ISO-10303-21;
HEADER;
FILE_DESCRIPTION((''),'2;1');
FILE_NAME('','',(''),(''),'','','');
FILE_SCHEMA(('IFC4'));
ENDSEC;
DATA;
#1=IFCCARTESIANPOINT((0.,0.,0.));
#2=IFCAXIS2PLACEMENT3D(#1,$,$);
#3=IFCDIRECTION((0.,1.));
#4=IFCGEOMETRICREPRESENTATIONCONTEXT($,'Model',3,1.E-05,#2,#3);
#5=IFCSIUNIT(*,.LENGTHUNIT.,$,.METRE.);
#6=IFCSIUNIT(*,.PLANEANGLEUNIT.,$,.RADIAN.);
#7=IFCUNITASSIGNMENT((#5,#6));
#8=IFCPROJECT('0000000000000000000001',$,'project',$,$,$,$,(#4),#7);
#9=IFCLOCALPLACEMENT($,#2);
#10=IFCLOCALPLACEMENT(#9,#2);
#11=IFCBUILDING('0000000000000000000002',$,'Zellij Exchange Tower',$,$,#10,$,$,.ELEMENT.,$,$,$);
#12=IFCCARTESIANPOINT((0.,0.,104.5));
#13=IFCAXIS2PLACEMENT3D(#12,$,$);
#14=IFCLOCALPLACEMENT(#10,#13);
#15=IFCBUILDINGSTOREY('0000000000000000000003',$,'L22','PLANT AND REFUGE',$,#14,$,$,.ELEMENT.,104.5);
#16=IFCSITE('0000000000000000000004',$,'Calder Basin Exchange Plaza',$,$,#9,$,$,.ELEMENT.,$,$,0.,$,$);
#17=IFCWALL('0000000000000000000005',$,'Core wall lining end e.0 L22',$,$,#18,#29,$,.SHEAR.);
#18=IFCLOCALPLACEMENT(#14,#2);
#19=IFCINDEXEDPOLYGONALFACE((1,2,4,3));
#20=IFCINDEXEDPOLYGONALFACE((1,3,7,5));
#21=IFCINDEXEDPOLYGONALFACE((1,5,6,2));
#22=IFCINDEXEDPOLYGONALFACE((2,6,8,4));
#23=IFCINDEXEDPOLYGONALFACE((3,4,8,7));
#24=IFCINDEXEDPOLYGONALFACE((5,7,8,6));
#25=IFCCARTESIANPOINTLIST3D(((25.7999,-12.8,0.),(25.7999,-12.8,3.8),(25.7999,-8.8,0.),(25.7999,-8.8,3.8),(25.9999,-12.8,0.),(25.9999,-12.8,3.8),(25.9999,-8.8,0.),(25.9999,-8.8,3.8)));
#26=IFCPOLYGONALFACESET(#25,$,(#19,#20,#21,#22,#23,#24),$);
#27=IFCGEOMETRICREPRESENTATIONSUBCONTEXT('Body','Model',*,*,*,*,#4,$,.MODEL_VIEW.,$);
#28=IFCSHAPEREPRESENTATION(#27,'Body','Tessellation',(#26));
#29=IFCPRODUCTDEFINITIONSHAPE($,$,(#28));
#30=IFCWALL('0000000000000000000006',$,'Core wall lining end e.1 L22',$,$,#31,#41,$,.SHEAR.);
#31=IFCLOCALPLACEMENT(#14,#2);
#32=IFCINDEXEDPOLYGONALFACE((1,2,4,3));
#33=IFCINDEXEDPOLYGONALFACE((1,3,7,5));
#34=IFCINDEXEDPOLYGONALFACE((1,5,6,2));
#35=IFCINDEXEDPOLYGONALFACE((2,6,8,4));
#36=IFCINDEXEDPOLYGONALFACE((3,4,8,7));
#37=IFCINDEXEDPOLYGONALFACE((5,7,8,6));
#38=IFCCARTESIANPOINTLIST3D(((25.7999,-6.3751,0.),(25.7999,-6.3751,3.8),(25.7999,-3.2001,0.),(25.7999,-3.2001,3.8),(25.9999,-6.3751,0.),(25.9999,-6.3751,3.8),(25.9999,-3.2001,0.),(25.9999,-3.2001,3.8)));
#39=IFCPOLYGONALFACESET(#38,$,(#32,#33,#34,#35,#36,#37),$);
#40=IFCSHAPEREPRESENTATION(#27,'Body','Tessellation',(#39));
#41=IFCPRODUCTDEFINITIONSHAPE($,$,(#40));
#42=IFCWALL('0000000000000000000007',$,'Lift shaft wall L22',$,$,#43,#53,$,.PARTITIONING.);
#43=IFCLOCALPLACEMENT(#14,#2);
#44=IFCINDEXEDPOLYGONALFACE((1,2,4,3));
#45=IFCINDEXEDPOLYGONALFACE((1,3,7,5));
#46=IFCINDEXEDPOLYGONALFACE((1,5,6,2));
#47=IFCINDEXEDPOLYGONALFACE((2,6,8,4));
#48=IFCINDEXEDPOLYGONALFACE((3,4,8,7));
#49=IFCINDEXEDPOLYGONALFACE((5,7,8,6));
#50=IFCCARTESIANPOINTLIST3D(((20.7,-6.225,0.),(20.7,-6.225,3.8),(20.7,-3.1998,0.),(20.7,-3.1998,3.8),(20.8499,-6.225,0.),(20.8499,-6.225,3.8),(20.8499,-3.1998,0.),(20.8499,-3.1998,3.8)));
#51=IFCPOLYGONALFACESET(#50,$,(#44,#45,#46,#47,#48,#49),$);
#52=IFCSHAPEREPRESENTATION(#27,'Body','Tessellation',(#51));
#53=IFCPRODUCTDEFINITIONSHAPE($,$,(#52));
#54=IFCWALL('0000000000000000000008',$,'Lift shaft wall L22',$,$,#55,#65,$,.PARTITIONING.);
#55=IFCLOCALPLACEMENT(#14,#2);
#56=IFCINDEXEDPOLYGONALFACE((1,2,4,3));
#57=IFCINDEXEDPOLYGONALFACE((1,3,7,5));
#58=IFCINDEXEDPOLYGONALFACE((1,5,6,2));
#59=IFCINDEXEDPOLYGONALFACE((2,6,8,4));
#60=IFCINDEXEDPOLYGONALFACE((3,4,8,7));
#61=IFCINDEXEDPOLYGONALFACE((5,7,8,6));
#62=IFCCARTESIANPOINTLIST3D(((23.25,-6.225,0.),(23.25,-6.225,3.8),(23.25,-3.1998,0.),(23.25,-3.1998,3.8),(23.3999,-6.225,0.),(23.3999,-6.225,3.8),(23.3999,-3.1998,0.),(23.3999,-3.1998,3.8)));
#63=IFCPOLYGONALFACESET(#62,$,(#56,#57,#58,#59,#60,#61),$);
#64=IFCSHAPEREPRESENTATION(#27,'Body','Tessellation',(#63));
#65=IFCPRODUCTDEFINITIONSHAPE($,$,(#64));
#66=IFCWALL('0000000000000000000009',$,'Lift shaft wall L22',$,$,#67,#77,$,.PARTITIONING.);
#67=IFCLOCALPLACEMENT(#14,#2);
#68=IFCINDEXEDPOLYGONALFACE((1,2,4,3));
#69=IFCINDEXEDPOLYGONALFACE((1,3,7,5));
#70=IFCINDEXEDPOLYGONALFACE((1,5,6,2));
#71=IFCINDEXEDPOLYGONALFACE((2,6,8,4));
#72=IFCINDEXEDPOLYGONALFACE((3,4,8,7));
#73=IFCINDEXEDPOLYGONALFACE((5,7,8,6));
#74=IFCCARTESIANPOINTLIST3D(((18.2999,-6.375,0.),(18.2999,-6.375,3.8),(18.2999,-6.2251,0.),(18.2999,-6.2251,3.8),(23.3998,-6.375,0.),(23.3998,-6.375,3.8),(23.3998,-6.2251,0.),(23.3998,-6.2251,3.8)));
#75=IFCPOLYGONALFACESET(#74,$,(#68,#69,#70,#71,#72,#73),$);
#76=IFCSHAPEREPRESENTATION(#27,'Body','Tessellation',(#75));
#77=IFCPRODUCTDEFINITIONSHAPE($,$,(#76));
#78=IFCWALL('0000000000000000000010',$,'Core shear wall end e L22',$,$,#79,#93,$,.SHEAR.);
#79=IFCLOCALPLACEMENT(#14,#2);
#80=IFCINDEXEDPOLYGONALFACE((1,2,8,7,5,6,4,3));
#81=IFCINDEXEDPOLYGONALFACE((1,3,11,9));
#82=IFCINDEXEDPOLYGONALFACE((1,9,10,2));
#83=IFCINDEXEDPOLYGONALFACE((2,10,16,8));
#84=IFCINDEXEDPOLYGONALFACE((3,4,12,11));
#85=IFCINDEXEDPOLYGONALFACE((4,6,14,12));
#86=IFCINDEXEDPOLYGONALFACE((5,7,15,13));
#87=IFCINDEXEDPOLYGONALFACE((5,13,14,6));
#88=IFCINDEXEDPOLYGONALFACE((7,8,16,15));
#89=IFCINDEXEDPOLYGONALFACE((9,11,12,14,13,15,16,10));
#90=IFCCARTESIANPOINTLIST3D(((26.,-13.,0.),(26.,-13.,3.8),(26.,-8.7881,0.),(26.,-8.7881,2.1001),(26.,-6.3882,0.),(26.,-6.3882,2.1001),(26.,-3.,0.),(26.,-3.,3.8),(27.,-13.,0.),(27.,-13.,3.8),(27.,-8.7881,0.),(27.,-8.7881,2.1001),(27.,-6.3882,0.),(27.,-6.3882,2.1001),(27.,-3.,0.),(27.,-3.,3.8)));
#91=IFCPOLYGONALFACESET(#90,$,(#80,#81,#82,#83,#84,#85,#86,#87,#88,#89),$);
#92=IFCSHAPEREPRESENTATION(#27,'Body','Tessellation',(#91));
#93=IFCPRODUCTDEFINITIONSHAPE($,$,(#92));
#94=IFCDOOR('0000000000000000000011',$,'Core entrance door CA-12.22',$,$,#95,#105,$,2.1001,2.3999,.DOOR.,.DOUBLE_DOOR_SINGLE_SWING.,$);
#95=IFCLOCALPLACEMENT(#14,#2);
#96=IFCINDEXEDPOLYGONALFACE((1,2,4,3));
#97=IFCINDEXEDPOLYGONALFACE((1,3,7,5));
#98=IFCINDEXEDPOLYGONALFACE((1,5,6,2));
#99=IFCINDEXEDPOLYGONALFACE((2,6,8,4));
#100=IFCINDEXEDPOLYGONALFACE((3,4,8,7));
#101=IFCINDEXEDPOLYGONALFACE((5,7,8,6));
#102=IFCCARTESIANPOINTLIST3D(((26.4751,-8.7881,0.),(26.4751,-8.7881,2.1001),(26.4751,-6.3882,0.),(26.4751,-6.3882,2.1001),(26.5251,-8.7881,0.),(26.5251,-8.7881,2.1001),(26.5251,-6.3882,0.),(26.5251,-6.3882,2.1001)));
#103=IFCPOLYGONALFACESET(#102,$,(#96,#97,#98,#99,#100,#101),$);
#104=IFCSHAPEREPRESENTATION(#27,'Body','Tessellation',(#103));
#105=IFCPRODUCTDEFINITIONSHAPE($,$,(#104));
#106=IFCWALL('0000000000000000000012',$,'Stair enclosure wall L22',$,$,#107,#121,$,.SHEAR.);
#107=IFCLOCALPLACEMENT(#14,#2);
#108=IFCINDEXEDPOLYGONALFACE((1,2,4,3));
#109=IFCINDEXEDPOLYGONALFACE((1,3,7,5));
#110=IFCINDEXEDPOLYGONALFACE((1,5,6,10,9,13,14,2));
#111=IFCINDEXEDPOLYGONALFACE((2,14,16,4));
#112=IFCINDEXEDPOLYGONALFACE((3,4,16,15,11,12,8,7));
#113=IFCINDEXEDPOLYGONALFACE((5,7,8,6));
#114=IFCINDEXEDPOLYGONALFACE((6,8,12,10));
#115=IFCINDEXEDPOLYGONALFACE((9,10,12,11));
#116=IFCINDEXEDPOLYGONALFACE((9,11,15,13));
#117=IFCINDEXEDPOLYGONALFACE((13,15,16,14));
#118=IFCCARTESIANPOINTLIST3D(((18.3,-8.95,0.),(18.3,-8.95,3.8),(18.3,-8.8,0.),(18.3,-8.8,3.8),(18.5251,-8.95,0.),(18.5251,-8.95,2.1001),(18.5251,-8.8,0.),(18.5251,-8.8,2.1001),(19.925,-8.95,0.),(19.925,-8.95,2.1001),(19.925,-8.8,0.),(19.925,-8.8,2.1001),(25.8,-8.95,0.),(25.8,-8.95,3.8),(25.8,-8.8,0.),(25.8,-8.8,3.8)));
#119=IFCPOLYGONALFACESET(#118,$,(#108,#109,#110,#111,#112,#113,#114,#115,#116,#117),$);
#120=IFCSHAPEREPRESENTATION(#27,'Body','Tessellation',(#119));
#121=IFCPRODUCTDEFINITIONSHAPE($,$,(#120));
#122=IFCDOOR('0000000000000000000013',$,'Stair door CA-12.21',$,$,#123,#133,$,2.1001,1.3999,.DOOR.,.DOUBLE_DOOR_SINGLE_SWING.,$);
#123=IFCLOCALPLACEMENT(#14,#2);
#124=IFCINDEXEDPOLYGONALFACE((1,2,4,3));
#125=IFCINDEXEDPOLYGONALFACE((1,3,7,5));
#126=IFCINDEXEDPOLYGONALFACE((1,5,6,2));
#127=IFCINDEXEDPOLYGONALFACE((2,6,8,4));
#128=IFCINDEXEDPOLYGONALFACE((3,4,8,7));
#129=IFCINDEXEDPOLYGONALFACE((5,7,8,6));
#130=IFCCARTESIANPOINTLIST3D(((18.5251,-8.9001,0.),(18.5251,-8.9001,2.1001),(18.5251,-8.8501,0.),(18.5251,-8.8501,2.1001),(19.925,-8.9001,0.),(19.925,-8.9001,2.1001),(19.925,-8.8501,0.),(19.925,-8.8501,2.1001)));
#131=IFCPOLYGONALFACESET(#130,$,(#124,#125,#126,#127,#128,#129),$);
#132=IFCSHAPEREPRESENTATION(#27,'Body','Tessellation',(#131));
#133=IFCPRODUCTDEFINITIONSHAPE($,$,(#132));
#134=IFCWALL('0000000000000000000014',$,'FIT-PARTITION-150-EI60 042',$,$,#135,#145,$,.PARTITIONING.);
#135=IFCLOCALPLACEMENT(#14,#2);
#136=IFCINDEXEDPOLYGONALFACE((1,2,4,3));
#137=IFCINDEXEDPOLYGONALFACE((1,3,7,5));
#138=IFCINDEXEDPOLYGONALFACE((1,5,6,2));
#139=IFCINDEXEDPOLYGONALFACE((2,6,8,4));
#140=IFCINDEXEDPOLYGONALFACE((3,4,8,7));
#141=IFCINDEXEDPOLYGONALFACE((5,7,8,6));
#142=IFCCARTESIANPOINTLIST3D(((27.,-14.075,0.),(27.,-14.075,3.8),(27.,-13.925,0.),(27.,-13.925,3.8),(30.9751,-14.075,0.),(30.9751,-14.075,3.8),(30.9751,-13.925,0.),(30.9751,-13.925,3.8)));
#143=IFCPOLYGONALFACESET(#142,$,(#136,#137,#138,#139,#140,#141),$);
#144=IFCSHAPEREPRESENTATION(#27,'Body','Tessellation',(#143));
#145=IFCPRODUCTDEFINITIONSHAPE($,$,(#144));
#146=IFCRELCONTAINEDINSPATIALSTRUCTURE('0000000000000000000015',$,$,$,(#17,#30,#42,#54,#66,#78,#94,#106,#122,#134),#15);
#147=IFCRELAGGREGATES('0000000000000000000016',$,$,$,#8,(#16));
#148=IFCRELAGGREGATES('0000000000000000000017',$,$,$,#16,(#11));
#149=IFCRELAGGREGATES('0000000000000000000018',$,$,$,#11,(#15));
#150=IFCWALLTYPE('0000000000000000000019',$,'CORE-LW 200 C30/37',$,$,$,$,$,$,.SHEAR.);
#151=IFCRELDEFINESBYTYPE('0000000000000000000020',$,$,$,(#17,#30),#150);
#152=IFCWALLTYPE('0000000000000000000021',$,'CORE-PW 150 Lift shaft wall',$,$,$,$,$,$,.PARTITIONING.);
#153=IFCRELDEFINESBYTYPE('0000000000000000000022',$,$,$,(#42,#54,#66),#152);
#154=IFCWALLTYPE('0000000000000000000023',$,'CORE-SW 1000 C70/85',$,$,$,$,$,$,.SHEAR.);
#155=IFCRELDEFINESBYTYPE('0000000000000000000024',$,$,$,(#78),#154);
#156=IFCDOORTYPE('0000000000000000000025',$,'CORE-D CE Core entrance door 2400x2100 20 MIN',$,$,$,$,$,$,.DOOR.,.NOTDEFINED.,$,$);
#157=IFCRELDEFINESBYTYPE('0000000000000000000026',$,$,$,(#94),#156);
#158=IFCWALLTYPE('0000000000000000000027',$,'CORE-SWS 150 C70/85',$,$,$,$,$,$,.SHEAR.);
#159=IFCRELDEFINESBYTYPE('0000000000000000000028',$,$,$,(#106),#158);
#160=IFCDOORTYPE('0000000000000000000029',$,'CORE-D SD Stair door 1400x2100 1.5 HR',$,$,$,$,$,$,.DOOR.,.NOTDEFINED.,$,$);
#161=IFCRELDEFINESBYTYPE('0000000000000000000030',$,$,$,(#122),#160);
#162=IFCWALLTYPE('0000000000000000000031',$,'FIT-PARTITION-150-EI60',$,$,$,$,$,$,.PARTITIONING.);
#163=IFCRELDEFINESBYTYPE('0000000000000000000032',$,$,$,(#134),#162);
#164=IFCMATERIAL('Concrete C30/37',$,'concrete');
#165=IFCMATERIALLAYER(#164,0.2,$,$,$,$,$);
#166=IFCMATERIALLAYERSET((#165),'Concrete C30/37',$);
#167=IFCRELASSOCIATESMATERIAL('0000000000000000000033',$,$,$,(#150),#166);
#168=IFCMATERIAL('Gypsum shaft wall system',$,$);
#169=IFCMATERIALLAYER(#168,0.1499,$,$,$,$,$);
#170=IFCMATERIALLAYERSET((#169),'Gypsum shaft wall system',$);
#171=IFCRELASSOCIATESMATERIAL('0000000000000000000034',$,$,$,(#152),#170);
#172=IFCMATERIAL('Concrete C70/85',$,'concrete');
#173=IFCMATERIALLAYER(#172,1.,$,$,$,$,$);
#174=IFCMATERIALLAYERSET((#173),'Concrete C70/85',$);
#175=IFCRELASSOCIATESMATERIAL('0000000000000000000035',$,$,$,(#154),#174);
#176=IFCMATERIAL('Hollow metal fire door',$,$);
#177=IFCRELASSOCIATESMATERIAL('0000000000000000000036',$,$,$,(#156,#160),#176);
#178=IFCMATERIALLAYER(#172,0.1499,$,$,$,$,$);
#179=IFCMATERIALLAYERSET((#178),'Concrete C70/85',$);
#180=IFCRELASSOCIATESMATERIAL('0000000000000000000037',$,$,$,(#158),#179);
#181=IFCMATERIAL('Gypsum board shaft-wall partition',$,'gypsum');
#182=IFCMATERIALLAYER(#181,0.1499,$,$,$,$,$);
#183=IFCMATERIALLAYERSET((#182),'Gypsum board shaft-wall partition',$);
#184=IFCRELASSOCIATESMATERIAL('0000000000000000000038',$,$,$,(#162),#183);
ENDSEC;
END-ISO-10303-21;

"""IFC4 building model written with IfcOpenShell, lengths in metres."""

from ifc_helpers import new_model, si_unit, direction, frame, frame_2d, origin, place, context, subcontext, project, spatial, rectangle, extrude, material, layer, layer_set, type_object, element, fill, save


model = new_model("IFC4")

# Units and contexts
model_context = context("Model", 3, precision=1e-05, world=origin(), true_north=direction((0.0, 1.0)))
body_context = subcontext(model_context, "Body", "Model", "MODEL_VIEW")
ifc_project = project(units=[si_unit("LENGTHUNIT", "METRE"), si_unit("PLANEANGLEUNIT", "RADIAN")], contexts=[model_context])

# Site, building, storey
site_placement = place(None, origin())
site = spatial("IfcSite", under=ifc_project, at=site_placement, Name="Calder Basin Exchange Plaza", CompositionType="ELEMENT", RefElevation=0.0)
building_placement = place(site_placement, origin())
building = spatial("IfcBuilding", under=site, at=building_placement, Name="Zellij Exchange Tower", CompositionType="ELEMENT")
storey_placement = place(building_placement, frame((0.0, 0.0, 104.5)))
storey = spatial("IfcBuildingStorey", under=building, at=storey_placement, Name="L22", Description="PLANT AND REFUGE", CompositionType="ELEMENT", Elevation=104.5)

# Walls
ifc_material_1 = material(Name="Concrete C70/85", Category="concrete")
ifc_material_2 = material(Name="Concrete C30/37", Category="concrete")
ifc_layer_1 = layer(ifc_material_2, 0.2)
ifc_layer_set_1 = layer_set([ifc_layer_1], Name="Concrete C30/37")
wall_type_1 = type_object("IfcWallType", Name="CORE-LW 200 C30/37", PredefinedType="SHEAR", material=ifc_layer_set_1)
wall_1_placement = place(storey_placement, frame((25.8999, -12.8, 0.0), z_axis=(0.0, 0.0, 1.0), x_axis=(0.0, 1.0, 0.0)))
element("IfcWall", 1, at=wall_1_placement, inside=storey, type_object=wall_type_1, Name="Core wall lining end e.0 L22", PredefinedType="SHEAR", context=body_context, shape_type="SweptSolid", body=[
    extrude(rectangle(XDim=4.0, YDim=0.2, at=frame_2d((2.0, 0.0))), origin(), (0.0, 0.0, 1.0), 3.8),
])
wall_2_placement = place(storey_placement, frame((25.8999, -6.375, 0.0), z_axis=(0.0, 0.0, 1.0), x_axis=(0.0, 1.0, 0.0)))
element("IfcWall", 2, at=wall_2_placement, inside=storey, type_object=wall_type_1, Name="Core wall lining end e.1 L22", PredefinedType="SHEAR", context=body_context, shape_type="SweptSolid", body=[
    extrude(rectangle(XDim=3.175, YDim=0.2, at=frame_2d((1.5874, 0.0))), origin(), (0.0, 0.0, 1.0), 3.8),
])
ifc_material_3 = material(Name="Gypsum shaft wall system")
ifc_layer_2 = layer(ifc_material_3, 0.1499)
ifc_layer_set_2 = layer_set([ifc_layer_2], Name="Gypsum shaft wall system")
wall_type_2 = type_object("IfcWallType", Name="CORE-PW 150 Lift shaft wall", PredefinedType="PARTITIONING", material=ifc_layer_set_2)
for number, where, z_axis, x_axis, name in (
    (3, (20.7749, -6.2251, 0.0), (0.0, 0.0, 1.0), (0.0, 1.0, 0.0), "Lift shaft wall L22"),
    (4, (23.325, -6.2251, 0.0), (0.0, 0.0, 1.0), (0.0, 1.0, 0.0), "Lift shaft wall L22"),
):
    element("IfcWall", number, at=place(storey_placement, frame(where, z_axis=z_axis, x_axis=x_axis)), inside=storey, type_object=wall_type_2, Name=name, PredefinedType="PARTITIONING", context=body_context, shape_type="SweptSolid", body=[
        extrude(rectangle(XDim=3.0251, YDim=0.1499, at=frame_2d((1.5127, 0.0))), origin(), (0.0, 0.0, 1.0), 3.8),
    ])
wall_3_placement = place(storey_placement, frame((18.3, -6.3, 0.0), z_axis=(0.0, 0.0, 1.0), x_axis=(1.0, 0.0, 0.0)))
element("IfcWall", 5, at=wall_3_placement, inside=storey, type_object=wall_type_2, Name="Lift shaft wall L22", PredefinedType="PARTITIONING", context=body_context, shape_type="SweptSolid", body=[
    extrude(rectangle(XDim=5.0999, YDim=0.1499, at=frame_2d((2.5498, 0.0))), origin(), (0.0, 0.0, 1.0), 3.8),
])

# Walls, openings, doors
ifc_layer_3 = layer(ifc_material_1, 1.0)
ifc_layer_set_3 = layer_set([ifc_layer_3], Name="Concrete C70/85")
wall_type_3 = type_object("IfcWallType", Name="CORE-SW 1000 C70/85", PredefinedType="SHEAR", material=ifc_layer_set_3)
wall_4_placement = place(storey_placement, frame((26.5, -13.0, 0.0), z_axis=(0.0, 0.0, 1.0), x_axis=(0.0, 1.0, 0.0)))
wall_4 = element("IfcWall", 6, at=wall_4_placement, inside=storey, type_object=wall_type_3, Name="Core shear wall end e L22", PredefinedType="SHEAR", context=body_context, shape_type="SweptSolid", body=[
    extrude(rectangle(XDim=10.0, YDim=1.0, at=frame_2d((5.0, 0.0))), origin(), (0.0, 0.0, 1.0), 3.8),
])
opening_1_placement = place(wall_4_placement, frame((4.2119, 0.0, 0.0)))
opening_1 = element("IfcOpeningElement", 7, at=opening_1_placement, cuts=wall_4, PredefinedType="OPENING", context=body_context, shape_type="SweptSolid", body=[
    extrude(rectangle(XDim=2.3999, YDim=2.1001, at=frame_2d((1.2, 1.05))), frame((0.0, 0.512, 0.0), z_axis=(0.0, -1.0, 0.0), x_axis=(1.0, 0.0, 0.0)), (0.0, 0.0, 1.0), 1.0239),
])
ifc_material_4 = material(Name="Hollow metal fire door")
door_type_1 = type_object("IfcDoorType", Name="CORE-D CE Core entrance door 2400x2100 20 MIN", OperationType="NOTDEFINED", PredefinedType="DOOR", material=ifc_material_4)
door_1_placement = place(opening_1_placement, origin())
door_1 = element("IfcDoor", 8, at=door_1_placement, inside=storey, type_object=door_type_1, Name="Core entrance door CA-12.22", OperationType="DOUBLE_DOOR_SINGLE_SWING", OverallHeight=2.1001, OverallWidth=2.3999, PredefinedType="DOOR", context=body_context, shape_type="SweptSolid", body=[
    extrude(rectangle(XDim=2.3999, YDim=2.1001, at=frame_2d((1.2, 1.05))), frame((0.0, 0.0249, 0.0), z_axis=(0.0, -1.0, 0.0), x_axis=(1.0, 0.0, 0.0)), (0.0, 0.0, 1.0), 0.05),
])
fill(opening_1, door_1)
ifc_layer_4 = layer(ifc_material_1, 0.1499)
ifc_layer_set_4 = layer_set([ifc_layer_4], Name="Concrete C70/85")
wall_type_4 = type_object("IfcWallType", Name="CORE-SWS 150 C70/85", PredefinedType="SHEAR", material=ifc_layer_set_4)
wall_5_placement = place(storey_placement, frame((18.3, -8.875, 0.0), z_axis=(0.0, 0.0, 1.0), x_axis=(1.0, 0.0, 0.0)))
wall_5 = element("IfcWall", 9, at=wall_5_placement, inside=storey, type_object=wall_type_4, Name="Stair enclosure wall L22", PredefinedType="SHEAR", context=body_context, shape_type="SweptSolid", body=[
    extrude(rectangle(XDim=7.5, YDim=0.1499, at=frame_2d((3.75, 0.0))), origin(), (0.0, 0.0, 1.0), 3.8),
])
opening_2_placement = place(wall_5_placement, frame((0.2251, 0.0, 0.0)))
opening_2 = element("IfcOpeningElement", 10, at=opening_2_placement, cuts=wall_5, PredefinedType="OPENING", context=body_context, shape_type="SweptSolid", body=[
    extrude(rectangle(XDim=1.3999, YDim=2.1001, at=frame_2d((0.7, 1.05))), frame((0.0, 0.0869, 0.0), z_axis=(0.0, -1.0, 0.0), x_axis=(1.0, 0.0, 0.0)), (0.0, 0.0, 1.0), 0.1738),
])
door_type_2 = type_object("IfcDoorType", Name="CORE-D SD Stair door 1400x2100 1.5 HR", OperationType="NOTDEFINED", PredefinedType="DOOR", material=ifc_material_4)
door_2_placement = place(opening_2_placement, origin())
door_2 = element("IfcDoor", 11, at=door_2_placement, inside=storey, type_object=door_type_2, Name="Stair door CA-12.21", OperationType="DOUBLE_DOOR_SINGLE_SWING", OverallHeight=2.1001, OverallWidth=1.3999, PredefinedType="DOOR", context=body_context, shape_type="SweptSolid", body=[
    extrude(rectangle(XDim=1.3999, YDim=2.1001, at=frame_2d((0.7, 1.05))), frame((0.0, 0.0249, 0.0), z_axis=(0.0, -1.0, 0.0), x_axis=(1.0, 0.0, 0.0)), (0.0, 0.0, 1.0), 0.05),
])
fill(opening_2, door_2)

# Wall
ifc_material_5 = material(Name="Gypsum board shaft-wall partition", Category="gypsum")
ifc_layer_5 = layer(ifc_material_5, 0.1499)
ifc_layer_set_5 = layer_set([ifc_layer_5], Name="Gypsum board shaft-wall partition")
wall_type_5 = type_object("IfcWallType", Name="FIT-PARTITION-150-EI60", PredefinedType="PARTITIONING", material=ifc_layer_set_5)
wall_6_placement = place(storey_placement, frame((27.0, -14.0, 0.0), z_axis=(0.0, 0.0, 1.0), x_axis=(1.0, 0.0, 0.0)))
element("IfcWall", 12, at=wall_6_placement, inside=storey, type_object=wall_type_5, Name="FIT-PARTITION-150-EI60 042", PredefinedType="PARTITIONING", context=body_context, shape_type="SweptSolid", body=[
    extrude(rectangle(XDim=3.9751, YDim=0.1499, at=frame_2d((1.9875, 0.0))), origin(), (0.0, 0.0, 1.0), 3.8),
])

save(model, "model.ifc")
